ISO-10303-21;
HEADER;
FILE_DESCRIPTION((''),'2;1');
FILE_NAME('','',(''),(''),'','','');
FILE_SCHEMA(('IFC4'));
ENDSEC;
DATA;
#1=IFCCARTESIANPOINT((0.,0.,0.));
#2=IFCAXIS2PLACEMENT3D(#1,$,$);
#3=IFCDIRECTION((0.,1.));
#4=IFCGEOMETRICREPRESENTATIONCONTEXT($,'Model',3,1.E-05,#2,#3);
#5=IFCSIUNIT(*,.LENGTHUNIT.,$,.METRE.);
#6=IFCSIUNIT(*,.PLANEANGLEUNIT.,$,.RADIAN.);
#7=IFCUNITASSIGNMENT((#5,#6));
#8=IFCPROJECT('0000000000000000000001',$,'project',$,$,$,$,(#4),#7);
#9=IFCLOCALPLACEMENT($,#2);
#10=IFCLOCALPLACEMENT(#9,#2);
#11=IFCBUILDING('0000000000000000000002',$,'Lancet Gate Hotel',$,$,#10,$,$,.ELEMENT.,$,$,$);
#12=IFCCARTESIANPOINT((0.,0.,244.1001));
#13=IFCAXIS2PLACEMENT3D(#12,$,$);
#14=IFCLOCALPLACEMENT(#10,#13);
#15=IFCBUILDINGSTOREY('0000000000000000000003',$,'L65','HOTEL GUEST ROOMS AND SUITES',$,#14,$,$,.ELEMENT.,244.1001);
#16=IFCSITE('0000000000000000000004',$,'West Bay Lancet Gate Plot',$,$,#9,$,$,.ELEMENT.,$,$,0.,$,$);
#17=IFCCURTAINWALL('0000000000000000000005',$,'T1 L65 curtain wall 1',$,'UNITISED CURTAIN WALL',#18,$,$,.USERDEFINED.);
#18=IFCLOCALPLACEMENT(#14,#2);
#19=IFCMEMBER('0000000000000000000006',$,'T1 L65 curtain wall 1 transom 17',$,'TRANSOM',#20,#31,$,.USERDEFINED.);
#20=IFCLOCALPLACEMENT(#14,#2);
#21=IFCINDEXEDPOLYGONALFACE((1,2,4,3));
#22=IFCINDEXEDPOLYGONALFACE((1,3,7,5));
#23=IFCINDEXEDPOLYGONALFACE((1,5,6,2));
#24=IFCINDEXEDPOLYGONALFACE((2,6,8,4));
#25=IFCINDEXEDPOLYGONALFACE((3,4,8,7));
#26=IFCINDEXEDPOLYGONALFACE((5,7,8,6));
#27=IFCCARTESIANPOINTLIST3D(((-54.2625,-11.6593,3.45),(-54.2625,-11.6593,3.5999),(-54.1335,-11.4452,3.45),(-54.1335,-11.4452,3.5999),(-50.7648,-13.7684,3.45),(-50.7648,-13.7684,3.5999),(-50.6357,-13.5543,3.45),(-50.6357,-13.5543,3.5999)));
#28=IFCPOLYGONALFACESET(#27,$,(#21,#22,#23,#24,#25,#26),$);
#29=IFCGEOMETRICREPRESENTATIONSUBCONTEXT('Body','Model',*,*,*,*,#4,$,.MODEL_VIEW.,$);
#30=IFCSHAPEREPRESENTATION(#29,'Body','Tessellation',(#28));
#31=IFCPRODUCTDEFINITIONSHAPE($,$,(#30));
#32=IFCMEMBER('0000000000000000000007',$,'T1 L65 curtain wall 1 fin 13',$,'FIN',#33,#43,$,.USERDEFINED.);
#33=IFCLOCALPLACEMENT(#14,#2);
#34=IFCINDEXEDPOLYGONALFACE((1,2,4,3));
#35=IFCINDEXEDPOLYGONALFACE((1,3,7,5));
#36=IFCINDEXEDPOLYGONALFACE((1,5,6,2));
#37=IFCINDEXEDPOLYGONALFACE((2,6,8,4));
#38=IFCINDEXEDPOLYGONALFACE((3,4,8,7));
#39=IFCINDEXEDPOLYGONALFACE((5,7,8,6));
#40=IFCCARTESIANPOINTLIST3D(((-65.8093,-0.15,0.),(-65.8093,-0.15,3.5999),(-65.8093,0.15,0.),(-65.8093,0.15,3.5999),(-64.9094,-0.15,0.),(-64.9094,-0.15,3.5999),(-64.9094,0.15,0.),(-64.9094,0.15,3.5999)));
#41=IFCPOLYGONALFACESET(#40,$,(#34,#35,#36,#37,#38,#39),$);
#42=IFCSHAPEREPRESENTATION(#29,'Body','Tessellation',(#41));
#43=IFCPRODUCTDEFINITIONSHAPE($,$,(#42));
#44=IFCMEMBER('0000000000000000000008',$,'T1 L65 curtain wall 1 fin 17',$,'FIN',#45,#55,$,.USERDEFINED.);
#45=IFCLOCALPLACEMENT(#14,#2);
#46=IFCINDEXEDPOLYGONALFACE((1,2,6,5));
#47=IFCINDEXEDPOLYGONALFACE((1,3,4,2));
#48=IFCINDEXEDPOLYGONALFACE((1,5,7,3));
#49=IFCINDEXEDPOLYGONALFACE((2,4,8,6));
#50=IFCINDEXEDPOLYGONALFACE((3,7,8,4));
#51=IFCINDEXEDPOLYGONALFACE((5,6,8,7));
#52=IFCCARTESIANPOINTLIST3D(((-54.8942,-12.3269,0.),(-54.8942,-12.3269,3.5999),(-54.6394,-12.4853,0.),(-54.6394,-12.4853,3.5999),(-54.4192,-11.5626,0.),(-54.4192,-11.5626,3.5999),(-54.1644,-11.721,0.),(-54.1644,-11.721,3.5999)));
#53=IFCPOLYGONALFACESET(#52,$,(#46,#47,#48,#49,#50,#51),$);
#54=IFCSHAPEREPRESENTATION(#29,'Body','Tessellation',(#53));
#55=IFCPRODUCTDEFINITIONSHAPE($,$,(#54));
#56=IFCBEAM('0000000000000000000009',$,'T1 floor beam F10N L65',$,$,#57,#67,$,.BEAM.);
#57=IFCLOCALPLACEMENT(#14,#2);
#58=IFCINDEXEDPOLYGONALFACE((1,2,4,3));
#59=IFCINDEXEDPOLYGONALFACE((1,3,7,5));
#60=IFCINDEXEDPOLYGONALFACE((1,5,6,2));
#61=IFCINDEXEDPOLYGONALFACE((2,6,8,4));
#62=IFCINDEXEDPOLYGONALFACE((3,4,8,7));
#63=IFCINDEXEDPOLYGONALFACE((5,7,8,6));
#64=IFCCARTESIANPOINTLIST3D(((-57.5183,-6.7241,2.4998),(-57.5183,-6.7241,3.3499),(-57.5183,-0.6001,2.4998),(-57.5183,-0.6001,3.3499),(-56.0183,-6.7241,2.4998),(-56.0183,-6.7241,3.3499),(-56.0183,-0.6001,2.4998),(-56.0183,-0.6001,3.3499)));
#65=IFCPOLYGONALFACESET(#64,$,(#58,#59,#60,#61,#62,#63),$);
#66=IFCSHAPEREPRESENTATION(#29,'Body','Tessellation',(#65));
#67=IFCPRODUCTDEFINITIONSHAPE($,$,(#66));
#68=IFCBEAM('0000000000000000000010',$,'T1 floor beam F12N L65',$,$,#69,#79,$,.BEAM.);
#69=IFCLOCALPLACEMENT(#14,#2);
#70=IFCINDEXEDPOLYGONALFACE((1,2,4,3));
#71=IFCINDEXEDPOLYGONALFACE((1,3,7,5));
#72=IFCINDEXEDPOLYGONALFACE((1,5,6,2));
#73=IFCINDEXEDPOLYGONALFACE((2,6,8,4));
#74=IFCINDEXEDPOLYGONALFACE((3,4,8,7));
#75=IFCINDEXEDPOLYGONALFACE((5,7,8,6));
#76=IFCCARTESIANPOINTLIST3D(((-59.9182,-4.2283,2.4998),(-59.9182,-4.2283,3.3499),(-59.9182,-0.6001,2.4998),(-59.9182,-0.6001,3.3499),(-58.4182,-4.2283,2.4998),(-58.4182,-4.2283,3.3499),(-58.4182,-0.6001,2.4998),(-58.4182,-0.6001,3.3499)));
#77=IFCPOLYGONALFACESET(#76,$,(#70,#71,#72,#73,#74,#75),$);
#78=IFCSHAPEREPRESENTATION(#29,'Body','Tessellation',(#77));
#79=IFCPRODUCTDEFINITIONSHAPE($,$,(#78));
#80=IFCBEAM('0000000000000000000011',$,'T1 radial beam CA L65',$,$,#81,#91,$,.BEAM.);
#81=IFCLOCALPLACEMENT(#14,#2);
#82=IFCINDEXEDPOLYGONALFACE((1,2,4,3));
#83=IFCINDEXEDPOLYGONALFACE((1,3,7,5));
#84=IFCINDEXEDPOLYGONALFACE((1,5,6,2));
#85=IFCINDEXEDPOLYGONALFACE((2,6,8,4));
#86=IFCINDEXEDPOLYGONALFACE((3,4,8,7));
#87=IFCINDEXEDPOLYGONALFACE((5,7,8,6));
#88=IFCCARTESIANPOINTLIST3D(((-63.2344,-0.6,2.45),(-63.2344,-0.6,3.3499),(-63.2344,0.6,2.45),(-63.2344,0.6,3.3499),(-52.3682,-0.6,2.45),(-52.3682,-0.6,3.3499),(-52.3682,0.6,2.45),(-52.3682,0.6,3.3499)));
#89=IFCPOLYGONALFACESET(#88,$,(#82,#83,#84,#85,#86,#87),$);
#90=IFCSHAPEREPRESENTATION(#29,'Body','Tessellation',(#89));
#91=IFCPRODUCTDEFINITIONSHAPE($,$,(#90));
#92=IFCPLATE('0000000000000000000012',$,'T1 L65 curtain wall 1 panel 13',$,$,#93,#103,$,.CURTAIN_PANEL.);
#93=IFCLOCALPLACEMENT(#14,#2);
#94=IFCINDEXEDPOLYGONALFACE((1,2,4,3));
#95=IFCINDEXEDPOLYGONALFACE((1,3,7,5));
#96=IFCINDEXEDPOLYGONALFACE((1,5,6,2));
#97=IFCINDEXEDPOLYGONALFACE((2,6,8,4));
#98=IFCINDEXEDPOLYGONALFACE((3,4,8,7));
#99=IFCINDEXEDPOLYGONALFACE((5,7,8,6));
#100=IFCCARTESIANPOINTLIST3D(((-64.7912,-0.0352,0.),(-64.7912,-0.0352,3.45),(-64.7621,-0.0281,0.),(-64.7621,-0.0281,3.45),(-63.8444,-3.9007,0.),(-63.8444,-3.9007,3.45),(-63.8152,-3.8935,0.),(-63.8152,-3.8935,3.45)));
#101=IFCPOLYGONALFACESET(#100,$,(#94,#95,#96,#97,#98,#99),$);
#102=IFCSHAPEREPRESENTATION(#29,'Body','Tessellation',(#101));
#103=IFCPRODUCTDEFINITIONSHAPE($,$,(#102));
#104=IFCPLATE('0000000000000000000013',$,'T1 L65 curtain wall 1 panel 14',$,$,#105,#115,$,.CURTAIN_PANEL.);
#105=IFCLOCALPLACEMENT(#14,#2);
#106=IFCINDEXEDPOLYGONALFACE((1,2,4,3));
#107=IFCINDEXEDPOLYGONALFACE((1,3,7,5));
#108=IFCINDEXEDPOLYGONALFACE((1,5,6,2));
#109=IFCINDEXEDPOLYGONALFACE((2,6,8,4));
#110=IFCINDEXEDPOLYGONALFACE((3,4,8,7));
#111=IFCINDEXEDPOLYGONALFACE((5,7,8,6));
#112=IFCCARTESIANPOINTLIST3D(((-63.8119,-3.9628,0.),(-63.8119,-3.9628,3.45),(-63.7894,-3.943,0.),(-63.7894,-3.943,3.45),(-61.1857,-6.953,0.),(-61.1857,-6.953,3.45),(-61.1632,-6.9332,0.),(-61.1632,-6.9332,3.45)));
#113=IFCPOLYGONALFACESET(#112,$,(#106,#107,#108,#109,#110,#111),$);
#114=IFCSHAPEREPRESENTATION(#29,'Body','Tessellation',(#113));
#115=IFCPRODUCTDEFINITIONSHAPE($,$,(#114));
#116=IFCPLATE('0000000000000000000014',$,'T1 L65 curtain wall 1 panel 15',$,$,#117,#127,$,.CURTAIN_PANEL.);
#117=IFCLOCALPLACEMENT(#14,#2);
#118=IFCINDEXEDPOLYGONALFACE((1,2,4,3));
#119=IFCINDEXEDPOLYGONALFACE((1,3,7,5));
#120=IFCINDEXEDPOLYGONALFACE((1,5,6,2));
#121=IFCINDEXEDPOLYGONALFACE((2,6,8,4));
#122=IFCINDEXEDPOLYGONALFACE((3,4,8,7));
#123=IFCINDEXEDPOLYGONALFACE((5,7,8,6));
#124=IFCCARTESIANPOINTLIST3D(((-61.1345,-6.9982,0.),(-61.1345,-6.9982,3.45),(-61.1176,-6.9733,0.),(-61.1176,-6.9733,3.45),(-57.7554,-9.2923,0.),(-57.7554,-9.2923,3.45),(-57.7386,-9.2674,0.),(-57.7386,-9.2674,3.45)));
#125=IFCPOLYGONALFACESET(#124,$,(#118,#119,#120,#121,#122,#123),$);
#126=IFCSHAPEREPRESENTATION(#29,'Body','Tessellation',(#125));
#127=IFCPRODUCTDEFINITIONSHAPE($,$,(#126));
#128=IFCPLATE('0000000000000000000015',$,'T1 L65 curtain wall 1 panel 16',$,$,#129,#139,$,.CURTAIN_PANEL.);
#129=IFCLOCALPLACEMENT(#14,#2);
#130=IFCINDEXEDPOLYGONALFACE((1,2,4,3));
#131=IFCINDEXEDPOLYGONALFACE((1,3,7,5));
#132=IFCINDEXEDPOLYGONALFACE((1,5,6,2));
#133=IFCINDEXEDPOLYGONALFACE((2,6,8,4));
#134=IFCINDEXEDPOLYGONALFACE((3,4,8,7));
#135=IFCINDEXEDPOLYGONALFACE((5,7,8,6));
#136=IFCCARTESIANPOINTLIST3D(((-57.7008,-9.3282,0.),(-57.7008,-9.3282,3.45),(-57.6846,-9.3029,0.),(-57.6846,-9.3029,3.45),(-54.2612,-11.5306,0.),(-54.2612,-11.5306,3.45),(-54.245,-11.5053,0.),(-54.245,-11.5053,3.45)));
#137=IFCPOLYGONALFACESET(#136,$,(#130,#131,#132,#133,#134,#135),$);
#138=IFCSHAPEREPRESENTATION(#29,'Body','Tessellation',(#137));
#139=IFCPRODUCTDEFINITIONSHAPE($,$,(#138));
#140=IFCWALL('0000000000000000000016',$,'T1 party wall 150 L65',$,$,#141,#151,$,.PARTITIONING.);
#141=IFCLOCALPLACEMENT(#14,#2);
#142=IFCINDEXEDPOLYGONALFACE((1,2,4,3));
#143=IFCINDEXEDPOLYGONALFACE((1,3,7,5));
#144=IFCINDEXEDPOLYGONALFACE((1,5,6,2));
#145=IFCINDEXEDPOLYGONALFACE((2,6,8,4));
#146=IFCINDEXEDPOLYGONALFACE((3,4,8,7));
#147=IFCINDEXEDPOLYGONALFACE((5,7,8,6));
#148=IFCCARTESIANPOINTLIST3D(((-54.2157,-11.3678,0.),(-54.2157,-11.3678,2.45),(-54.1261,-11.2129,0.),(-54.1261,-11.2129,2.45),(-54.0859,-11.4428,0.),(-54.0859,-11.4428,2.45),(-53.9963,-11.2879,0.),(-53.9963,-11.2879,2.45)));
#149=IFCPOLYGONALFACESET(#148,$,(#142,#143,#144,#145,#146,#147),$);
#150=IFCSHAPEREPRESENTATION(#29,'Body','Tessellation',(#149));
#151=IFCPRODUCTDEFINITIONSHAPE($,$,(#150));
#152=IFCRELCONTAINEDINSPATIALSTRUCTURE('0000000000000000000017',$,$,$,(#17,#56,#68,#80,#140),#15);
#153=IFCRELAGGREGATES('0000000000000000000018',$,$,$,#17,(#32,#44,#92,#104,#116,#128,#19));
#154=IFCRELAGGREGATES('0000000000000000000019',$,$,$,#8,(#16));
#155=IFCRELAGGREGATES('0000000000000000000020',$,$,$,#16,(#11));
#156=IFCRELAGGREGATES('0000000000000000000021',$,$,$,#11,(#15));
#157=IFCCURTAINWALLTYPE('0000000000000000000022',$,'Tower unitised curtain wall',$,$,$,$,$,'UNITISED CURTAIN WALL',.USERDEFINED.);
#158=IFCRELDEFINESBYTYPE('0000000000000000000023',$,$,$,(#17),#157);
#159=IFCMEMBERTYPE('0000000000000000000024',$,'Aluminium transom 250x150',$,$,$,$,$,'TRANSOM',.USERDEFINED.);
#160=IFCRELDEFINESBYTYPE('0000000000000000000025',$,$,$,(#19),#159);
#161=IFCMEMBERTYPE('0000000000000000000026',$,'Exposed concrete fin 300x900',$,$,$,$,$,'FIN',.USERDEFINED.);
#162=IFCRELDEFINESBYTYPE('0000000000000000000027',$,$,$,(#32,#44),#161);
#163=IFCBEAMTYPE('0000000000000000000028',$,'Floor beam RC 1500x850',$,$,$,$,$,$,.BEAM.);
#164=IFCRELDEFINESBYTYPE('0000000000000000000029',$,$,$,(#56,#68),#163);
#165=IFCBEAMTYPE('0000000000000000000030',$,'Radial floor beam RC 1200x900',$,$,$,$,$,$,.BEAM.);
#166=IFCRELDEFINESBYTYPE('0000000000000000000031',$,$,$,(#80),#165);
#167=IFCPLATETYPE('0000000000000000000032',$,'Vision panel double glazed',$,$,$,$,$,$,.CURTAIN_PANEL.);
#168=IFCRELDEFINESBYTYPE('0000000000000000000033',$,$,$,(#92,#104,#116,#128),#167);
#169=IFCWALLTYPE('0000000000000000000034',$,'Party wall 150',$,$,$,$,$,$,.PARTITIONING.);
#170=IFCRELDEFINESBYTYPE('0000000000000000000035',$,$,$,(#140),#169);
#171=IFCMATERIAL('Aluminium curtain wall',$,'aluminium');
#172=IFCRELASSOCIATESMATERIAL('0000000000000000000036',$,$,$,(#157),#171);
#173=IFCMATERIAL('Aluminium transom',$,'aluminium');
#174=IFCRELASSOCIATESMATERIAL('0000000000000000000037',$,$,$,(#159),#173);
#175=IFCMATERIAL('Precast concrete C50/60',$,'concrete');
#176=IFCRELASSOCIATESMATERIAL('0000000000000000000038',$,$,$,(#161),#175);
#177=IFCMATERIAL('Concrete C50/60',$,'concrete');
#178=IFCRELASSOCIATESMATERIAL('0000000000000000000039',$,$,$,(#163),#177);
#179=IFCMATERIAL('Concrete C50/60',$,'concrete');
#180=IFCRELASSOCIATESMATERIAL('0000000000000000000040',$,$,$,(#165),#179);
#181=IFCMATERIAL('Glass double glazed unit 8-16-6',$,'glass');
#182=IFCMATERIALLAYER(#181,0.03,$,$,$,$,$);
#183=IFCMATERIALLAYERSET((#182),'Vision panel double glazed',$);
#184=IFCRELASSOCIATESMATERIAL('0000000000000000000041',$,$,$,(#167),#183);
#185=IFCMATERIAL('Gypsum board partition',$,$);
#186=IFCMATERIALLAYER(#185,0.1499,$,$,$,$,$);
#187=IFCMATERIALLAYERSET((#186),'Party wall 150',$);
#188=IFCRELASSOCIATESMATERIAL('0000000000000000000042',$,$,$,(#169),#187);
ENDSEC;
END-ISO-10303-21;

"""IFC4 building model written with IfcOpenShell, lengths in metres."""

from ifc_helpers import new_model, si_unit, direction, frame, frame_2d, origin, origin_2d, place, context, subcontext, project, spatial, rectangle, extrude, material, layer, layer_set, material_profile, profile_set, type_object, element, aggregate, save


model = new_model("IFC4")

# Units and contexts
model_context = context("Model", 3, precision=1e-05, world=origin(), true_north=direction((0.0, 1.0)))
body_context = subcontext(model_context, "Body", "Model", "MODEL_VIEW")
ifc_project = project(units=[si_unit("LENGTHUNIT", "METRE"), si_unit("PLANEANGLEUNIT", "RADIAN")], contexts=[model_context])

# Site, building, storey
site_placement = place(None, origin())
site = spatial("IfcSite", under=ifc_project, at=site_placement, Name="West Bay Lancet Gate Plot", CompositionType="ELEMENT", RefElevation=0.0)
building_placement = place(site_placement, origin())
building = spatial("IfcBuilding", under=site, at=building_placement, Name="Lancet Gate Hotel", CompositionType="ELEMENT")
storey_placement = place(building_placement, frame((0.0, 0.0, 244.1001)))
storey = spatial("IfcBuildingStorey", under=building, at=storey_placement, Name="L65", Description="HOTEL GUEST ROOMS AND SUITES", CompositionType="ELEMENT", Elevation=244.1001)

# Curtain wall, members
ifc_material_1 = material(Name="Aluminium curtain wall", Category="aluminium")
curtain_wall_type = type_object("IfcCurtainWallType", Name="Tower unitised curtain wall", ElementType="UNITISED CURTAIN WALL", PredefinedType="USERDEFINED", material=ifc_material_1)
curtain_wall_placement = place(storey_placement, origin())
curtain_wall = element("IfcCurtainWall", 1, at=curtain_wall_placement, inside=storey, type_object=curtain_wall_type, Name="T1 L65 curtain wall 1", ObjectType="UNITISED CURTAIN WALL", PredefinedType="USERDEFINED")
ifc_material_2 = material(Name="Aluminium transom", Category="aluminium")
ifc_material_profile_1 = material_profile(ifc_material_2, rectangle(XDim=0.25, YDim=0.1499, at=origin_2d()), Name="TRANSOM 250x150")
ifc_profile_set_1 = profile_set([ifc_material_profile_1], Name="Aluminium transom")
member_type_1 = type_object("IfcMemberType", Name="Aluminium transom 250x150", ElementType="TRANSOM", PredefinedType="USERDEFINED", material=ifc_profile_set_1)
member_1_placement = place(storey_placement, frame((-54.198, -11.5522, 3.5249), z_axis=(0.856362, -0.516376, 0.0), x_axis=(0.516376, 0.856362, 0.0)))
member_1 = element("IfcMember", 2, at=member_1_placement, type_object=member_type_1, Name="T1 L65 curtain wall 1 transom 17", ObjectType="TRANSOM", PredefinedType="USERDEFINED", context=body_context, shape_type="SweptSolid", body=[
    extrude(rectangle(XDim=0.25, YDim=0.1499, at=origin_2d()), origin(), (0.0, 0.0, 1.0), 4.0845),
])
ifc_material_3 = material(Name="Precast concrete C50/60", Category="concrete")
ifc_material_profile_2 = material_profile(ifc_material_3, rectangle(XDim=0.3, YDim=0.8999, at=origin_2d()), Name="FIN 300x900")
ifc_profile_set_2 = profile_set([ifc_material_profile_2], Name="Precast concrete C50/60")
member_type_2 = type_object("IfcMemberType", Name="Exposed concrete fin 300x900", ElementType="FIN", PredefinedType="USERDEFINED", material=ifc_profile_set_2)
member_2_placement = place(storey_placement, frame((-65.3594, 0.0, 0.0), z_axis=(0.0, 0.0, 1.0), x_axis=(0.0, -1.0, 0.0)))
member_2 = element("IfcMember", 3, at=member_2_placement, type_object=member_type_2, Name="T1 L65 curtain wall 1 fin 13", ObjectType="FIN", PredefinedType="USERDEFINED", context=body_context, shape_type="SweptSolid", body=[
    extrude(rectangle(XDim=0.3, YDim=0.8999, at=origin_2d()), origin(), (0.0, 0.0, 1.0), 3.5999),
])
member_3_placement = place(storey_placement, frame((-54.5293, -12.0239, 0.0), z_axis=(0.0, 0.0, 1.0), x_axis=(0.849342, -0.527842, 0.0)))
member_3 = element("IfcMember", 4, at=member_3_placement, type_object=member_type_2, Name="T1 L65 curtain wall 1 fin 17", ObjectType="FIN", PredefinedType="USERDEFINED", context=body_context, shape_type="SweptSolid", body=[
    extrude(rectangle(XDim=0.3, YDim=0.8999, at=origin_2d()), origin(), (0.0, 0.0, 1.0), 3.5999),
])

# Beams
ifc_material_4 = material(Name="Concrete C50/60", Category="concrete")
ifc_material_profile_3 = material_profile(ifc_material_4, rectangle(XDim=1.5, YDim=0.8501, at=origin_2d()), Name="RC 1500x850")
ifc_profile_set_3 = profile_set([ifc_material_profile_3], Name="Concrete C50/60")
beam_type_1 = type_object("IfcBeamType", Name="Floor beam RC 1500x850", PredefinedType="BEAM", material=ifc_profile_set_3)
beam_1_placement = place(storey_placement, frame((-56.7683, -0.6001, 2.9248), z_axis=(0.0, -1.0, 0.0), x_axis=(1.0, 0.0, 0.0)))
element("IfcBeam", 5, at=beam_1_placement, inside=storey, type_object=beam_type_1, Name="T1 floor beam F10N L65", PredefinedType="BEAM", context=body_context, shape_type="SweptSolid", body=[
    extrude(rectangle(XDim=1.5, YDim=0.8501, at=origin_2d()), origin(), (0.0, 0.0, 1.0), 6.124),
])
beam_2_placement = place(storey_placement, frame((-59.1682, -0.6001, 2.9248), z_axis=(0.0, -1.0, 0.0), x_axis=(1.0, 0.0, 0.0)))
element("IfcBeam", 6, at=beam_2_placement, inside=storey, type_object=beam_type_1, Name="T1 floor beam F12N L65", PredefinedType="BEAM", context=body_context, shape_type="SweptSolid", body=[
    extrude(rectangle(XDim=1.5, YDim=0.8501, at=origin_2d()), origin(), (0.0, 0.0, 1.0), 3.6282),
])
ifc_material_5 = material(Name="Concrete C50/60", Category="concrete")
ifc_material_profile_4 = material_profile(ifc_material_5, rectangle(XDim=1.2, YDim=0.8999, at=origin_2d()), Name="RC 1200x900")
ifc_profile_set_4 = profile_set([ifc_material_profile_4], Name="Concrete C50/60")
beam_type_2 = type_object("IfcBeamType", Name="Radial floor beam RC 1200x900", PredefinedType="BEAM", material=ifc_profile_set_4)
beam_3_placement = place(storey_placement, frame((-63.2344, 0.0, 2.8999), z_axis=(1.0, 0.0, 0.0), x_axis=(0.0, 1.0, 0.0)))
element("IfcBeam", 7, at=beam_3_placement, inside=storey, type_object=beam_type_2, Name="T1 radial beam CA L65", PredefinedType="BEAM", context=body_context, shape_type="SweptSolid", body=[
    extrude(rectangle(XDim=1.2, YDim=0.8999, at=origin_2d()), origin(), (0.0, 0.0, 1.0), 10.8662),
])

# Plates
ifc_material_6 = material(Name="Glass double glazed unit 8-16-6", Category="glass")
ifc_layer_1 = layer(ifc_material_6, 0.03)
ifc_layer_set_1 = layer_set([ifc_layer_1], Name="Vision panel double glazed")
plate_type = type_object("IfcPlateType", Name="Vision panel double glazed", PredefinedType="CURTAIN_PANEL", material=ifc_layer_set_1)
plate_1_placement = place(storey_placement, frame((-64.3032, -1.9644, 0.0), z_axis=(0.0, 0.0, 1.0), x_axis=(0.237921, -0.971285, 0.0)))
plate_1 = element("IfcPlate", 8, at=plate_1_placement, type_object=plate_type, Name="T1 L65 curtain wall 1 panel 13", PredefinedType="CURTAIN_PANEL", context=body_context, shape_type="SweptSolid", body=[
    extrude(rectangle(XDim=3.9797, YDim=0.03, at=origin_2d()), origin(), (0.0, 0.0, 1.0), 3.45),
])
plate_2_placement = place(storey_placement, frame((-62.4875, -5.448, 0.0), z_axis=(0.0, 0.0, 1.0), x_axis=(0.659892, -0.751361, 0.0)))
plate_2 = element("IfcPlate", 9, at=plate_2_placement, type_object=plate_type, Name="T1 L65 curtain wall 1 panel 14", PredefinedType="CURTAIN_PANEL", context=body_context, shape_type="SweptSolid", body=[
    extrude(rectangle(XDim=3.9797, YDim=0.03, at=origin_2d()), origin(), (0.0, 0.0, 1.0), 3.45),
])
plate_3_placement = place(storey_placement, frame((-59.4365, -8.1328, 0.0), z_axis=(0.0, 0.0, 1.0), x_axis=(0.827342, -0.561698, 0.0)))
plate_3 = element("IfcPlate", 10, at=plate_3_placement, type_object=plate_type, Name="T1 L65 curtain wall 1 panel 15", PredefinedType="CURTAIN_PANEL", context=body_context, shape_type="SweptSolid", body=[
    extrude(rectangle(XDim=4.0842, YDim=0.03, at=origin_2d()), origin(), (0.0, 0.0, 1.0), 3.45),
])
plate_4_placement = place(storey_placement, frame((-55.9729, -10.4167, 0.0), z_axis=(0.0, 0.0, 1.0), x_axis=(0.842161, -0.539226, 0.0)))
plate_4 = element("IfcPlate", 11, at=plate_4_placement, type_object=plate_type, Name="T1 L65 curtain wall 1 panel 16", PredefinedType="CURTAIN_PANEL", context=body_context, shape_type="SweptSolid", body=[
    extrude(rectangle(XDim=4.0842, YDim=0.03, at=origin_2d()), origin(), (0.0, 0.0, 1.0), 3.45),
])
aggregate(curtain_wall, [member_2, member_3, plate_1, plate_2, plate_3, plate_4, member_1])

# Wall
ifc_material_7 = material(Name="Gypsum board partition")
ifc_layer_2 = layer(ifc_material_7, 0.1499)
ifc_layer_set_2 = layer_set([ifc_layer_2], Name="Party wall 150")
wall_type = type_object("IfcWallType", Name="Party wall 150", PredefinedType="PARTITIONING", material=ifc_layer_set_2)
wall_placement = place(storey_placement, frame((-54.0613, -11.2505, 0.0), z_axis=(0.0, 0.0, 1.0), x_axis=(-0.500391, -0.865799, 0.0)))
element("IfcWall", 12, at=wall_placement, inside=storey, type_object=wall_type, Name="T1 party wall 150 L65", PredefinedType="PARTITIONING", context=body_context, shape_type="SweptSolid", body=[
    extrude(rectangle(XDim=0.179, YDim=0.1499, at=frame_2d((0.0894, 0.0))), origin(), (0.0, 0.0, 1.0), 2.45),
])

save(model, "model.ifc")
